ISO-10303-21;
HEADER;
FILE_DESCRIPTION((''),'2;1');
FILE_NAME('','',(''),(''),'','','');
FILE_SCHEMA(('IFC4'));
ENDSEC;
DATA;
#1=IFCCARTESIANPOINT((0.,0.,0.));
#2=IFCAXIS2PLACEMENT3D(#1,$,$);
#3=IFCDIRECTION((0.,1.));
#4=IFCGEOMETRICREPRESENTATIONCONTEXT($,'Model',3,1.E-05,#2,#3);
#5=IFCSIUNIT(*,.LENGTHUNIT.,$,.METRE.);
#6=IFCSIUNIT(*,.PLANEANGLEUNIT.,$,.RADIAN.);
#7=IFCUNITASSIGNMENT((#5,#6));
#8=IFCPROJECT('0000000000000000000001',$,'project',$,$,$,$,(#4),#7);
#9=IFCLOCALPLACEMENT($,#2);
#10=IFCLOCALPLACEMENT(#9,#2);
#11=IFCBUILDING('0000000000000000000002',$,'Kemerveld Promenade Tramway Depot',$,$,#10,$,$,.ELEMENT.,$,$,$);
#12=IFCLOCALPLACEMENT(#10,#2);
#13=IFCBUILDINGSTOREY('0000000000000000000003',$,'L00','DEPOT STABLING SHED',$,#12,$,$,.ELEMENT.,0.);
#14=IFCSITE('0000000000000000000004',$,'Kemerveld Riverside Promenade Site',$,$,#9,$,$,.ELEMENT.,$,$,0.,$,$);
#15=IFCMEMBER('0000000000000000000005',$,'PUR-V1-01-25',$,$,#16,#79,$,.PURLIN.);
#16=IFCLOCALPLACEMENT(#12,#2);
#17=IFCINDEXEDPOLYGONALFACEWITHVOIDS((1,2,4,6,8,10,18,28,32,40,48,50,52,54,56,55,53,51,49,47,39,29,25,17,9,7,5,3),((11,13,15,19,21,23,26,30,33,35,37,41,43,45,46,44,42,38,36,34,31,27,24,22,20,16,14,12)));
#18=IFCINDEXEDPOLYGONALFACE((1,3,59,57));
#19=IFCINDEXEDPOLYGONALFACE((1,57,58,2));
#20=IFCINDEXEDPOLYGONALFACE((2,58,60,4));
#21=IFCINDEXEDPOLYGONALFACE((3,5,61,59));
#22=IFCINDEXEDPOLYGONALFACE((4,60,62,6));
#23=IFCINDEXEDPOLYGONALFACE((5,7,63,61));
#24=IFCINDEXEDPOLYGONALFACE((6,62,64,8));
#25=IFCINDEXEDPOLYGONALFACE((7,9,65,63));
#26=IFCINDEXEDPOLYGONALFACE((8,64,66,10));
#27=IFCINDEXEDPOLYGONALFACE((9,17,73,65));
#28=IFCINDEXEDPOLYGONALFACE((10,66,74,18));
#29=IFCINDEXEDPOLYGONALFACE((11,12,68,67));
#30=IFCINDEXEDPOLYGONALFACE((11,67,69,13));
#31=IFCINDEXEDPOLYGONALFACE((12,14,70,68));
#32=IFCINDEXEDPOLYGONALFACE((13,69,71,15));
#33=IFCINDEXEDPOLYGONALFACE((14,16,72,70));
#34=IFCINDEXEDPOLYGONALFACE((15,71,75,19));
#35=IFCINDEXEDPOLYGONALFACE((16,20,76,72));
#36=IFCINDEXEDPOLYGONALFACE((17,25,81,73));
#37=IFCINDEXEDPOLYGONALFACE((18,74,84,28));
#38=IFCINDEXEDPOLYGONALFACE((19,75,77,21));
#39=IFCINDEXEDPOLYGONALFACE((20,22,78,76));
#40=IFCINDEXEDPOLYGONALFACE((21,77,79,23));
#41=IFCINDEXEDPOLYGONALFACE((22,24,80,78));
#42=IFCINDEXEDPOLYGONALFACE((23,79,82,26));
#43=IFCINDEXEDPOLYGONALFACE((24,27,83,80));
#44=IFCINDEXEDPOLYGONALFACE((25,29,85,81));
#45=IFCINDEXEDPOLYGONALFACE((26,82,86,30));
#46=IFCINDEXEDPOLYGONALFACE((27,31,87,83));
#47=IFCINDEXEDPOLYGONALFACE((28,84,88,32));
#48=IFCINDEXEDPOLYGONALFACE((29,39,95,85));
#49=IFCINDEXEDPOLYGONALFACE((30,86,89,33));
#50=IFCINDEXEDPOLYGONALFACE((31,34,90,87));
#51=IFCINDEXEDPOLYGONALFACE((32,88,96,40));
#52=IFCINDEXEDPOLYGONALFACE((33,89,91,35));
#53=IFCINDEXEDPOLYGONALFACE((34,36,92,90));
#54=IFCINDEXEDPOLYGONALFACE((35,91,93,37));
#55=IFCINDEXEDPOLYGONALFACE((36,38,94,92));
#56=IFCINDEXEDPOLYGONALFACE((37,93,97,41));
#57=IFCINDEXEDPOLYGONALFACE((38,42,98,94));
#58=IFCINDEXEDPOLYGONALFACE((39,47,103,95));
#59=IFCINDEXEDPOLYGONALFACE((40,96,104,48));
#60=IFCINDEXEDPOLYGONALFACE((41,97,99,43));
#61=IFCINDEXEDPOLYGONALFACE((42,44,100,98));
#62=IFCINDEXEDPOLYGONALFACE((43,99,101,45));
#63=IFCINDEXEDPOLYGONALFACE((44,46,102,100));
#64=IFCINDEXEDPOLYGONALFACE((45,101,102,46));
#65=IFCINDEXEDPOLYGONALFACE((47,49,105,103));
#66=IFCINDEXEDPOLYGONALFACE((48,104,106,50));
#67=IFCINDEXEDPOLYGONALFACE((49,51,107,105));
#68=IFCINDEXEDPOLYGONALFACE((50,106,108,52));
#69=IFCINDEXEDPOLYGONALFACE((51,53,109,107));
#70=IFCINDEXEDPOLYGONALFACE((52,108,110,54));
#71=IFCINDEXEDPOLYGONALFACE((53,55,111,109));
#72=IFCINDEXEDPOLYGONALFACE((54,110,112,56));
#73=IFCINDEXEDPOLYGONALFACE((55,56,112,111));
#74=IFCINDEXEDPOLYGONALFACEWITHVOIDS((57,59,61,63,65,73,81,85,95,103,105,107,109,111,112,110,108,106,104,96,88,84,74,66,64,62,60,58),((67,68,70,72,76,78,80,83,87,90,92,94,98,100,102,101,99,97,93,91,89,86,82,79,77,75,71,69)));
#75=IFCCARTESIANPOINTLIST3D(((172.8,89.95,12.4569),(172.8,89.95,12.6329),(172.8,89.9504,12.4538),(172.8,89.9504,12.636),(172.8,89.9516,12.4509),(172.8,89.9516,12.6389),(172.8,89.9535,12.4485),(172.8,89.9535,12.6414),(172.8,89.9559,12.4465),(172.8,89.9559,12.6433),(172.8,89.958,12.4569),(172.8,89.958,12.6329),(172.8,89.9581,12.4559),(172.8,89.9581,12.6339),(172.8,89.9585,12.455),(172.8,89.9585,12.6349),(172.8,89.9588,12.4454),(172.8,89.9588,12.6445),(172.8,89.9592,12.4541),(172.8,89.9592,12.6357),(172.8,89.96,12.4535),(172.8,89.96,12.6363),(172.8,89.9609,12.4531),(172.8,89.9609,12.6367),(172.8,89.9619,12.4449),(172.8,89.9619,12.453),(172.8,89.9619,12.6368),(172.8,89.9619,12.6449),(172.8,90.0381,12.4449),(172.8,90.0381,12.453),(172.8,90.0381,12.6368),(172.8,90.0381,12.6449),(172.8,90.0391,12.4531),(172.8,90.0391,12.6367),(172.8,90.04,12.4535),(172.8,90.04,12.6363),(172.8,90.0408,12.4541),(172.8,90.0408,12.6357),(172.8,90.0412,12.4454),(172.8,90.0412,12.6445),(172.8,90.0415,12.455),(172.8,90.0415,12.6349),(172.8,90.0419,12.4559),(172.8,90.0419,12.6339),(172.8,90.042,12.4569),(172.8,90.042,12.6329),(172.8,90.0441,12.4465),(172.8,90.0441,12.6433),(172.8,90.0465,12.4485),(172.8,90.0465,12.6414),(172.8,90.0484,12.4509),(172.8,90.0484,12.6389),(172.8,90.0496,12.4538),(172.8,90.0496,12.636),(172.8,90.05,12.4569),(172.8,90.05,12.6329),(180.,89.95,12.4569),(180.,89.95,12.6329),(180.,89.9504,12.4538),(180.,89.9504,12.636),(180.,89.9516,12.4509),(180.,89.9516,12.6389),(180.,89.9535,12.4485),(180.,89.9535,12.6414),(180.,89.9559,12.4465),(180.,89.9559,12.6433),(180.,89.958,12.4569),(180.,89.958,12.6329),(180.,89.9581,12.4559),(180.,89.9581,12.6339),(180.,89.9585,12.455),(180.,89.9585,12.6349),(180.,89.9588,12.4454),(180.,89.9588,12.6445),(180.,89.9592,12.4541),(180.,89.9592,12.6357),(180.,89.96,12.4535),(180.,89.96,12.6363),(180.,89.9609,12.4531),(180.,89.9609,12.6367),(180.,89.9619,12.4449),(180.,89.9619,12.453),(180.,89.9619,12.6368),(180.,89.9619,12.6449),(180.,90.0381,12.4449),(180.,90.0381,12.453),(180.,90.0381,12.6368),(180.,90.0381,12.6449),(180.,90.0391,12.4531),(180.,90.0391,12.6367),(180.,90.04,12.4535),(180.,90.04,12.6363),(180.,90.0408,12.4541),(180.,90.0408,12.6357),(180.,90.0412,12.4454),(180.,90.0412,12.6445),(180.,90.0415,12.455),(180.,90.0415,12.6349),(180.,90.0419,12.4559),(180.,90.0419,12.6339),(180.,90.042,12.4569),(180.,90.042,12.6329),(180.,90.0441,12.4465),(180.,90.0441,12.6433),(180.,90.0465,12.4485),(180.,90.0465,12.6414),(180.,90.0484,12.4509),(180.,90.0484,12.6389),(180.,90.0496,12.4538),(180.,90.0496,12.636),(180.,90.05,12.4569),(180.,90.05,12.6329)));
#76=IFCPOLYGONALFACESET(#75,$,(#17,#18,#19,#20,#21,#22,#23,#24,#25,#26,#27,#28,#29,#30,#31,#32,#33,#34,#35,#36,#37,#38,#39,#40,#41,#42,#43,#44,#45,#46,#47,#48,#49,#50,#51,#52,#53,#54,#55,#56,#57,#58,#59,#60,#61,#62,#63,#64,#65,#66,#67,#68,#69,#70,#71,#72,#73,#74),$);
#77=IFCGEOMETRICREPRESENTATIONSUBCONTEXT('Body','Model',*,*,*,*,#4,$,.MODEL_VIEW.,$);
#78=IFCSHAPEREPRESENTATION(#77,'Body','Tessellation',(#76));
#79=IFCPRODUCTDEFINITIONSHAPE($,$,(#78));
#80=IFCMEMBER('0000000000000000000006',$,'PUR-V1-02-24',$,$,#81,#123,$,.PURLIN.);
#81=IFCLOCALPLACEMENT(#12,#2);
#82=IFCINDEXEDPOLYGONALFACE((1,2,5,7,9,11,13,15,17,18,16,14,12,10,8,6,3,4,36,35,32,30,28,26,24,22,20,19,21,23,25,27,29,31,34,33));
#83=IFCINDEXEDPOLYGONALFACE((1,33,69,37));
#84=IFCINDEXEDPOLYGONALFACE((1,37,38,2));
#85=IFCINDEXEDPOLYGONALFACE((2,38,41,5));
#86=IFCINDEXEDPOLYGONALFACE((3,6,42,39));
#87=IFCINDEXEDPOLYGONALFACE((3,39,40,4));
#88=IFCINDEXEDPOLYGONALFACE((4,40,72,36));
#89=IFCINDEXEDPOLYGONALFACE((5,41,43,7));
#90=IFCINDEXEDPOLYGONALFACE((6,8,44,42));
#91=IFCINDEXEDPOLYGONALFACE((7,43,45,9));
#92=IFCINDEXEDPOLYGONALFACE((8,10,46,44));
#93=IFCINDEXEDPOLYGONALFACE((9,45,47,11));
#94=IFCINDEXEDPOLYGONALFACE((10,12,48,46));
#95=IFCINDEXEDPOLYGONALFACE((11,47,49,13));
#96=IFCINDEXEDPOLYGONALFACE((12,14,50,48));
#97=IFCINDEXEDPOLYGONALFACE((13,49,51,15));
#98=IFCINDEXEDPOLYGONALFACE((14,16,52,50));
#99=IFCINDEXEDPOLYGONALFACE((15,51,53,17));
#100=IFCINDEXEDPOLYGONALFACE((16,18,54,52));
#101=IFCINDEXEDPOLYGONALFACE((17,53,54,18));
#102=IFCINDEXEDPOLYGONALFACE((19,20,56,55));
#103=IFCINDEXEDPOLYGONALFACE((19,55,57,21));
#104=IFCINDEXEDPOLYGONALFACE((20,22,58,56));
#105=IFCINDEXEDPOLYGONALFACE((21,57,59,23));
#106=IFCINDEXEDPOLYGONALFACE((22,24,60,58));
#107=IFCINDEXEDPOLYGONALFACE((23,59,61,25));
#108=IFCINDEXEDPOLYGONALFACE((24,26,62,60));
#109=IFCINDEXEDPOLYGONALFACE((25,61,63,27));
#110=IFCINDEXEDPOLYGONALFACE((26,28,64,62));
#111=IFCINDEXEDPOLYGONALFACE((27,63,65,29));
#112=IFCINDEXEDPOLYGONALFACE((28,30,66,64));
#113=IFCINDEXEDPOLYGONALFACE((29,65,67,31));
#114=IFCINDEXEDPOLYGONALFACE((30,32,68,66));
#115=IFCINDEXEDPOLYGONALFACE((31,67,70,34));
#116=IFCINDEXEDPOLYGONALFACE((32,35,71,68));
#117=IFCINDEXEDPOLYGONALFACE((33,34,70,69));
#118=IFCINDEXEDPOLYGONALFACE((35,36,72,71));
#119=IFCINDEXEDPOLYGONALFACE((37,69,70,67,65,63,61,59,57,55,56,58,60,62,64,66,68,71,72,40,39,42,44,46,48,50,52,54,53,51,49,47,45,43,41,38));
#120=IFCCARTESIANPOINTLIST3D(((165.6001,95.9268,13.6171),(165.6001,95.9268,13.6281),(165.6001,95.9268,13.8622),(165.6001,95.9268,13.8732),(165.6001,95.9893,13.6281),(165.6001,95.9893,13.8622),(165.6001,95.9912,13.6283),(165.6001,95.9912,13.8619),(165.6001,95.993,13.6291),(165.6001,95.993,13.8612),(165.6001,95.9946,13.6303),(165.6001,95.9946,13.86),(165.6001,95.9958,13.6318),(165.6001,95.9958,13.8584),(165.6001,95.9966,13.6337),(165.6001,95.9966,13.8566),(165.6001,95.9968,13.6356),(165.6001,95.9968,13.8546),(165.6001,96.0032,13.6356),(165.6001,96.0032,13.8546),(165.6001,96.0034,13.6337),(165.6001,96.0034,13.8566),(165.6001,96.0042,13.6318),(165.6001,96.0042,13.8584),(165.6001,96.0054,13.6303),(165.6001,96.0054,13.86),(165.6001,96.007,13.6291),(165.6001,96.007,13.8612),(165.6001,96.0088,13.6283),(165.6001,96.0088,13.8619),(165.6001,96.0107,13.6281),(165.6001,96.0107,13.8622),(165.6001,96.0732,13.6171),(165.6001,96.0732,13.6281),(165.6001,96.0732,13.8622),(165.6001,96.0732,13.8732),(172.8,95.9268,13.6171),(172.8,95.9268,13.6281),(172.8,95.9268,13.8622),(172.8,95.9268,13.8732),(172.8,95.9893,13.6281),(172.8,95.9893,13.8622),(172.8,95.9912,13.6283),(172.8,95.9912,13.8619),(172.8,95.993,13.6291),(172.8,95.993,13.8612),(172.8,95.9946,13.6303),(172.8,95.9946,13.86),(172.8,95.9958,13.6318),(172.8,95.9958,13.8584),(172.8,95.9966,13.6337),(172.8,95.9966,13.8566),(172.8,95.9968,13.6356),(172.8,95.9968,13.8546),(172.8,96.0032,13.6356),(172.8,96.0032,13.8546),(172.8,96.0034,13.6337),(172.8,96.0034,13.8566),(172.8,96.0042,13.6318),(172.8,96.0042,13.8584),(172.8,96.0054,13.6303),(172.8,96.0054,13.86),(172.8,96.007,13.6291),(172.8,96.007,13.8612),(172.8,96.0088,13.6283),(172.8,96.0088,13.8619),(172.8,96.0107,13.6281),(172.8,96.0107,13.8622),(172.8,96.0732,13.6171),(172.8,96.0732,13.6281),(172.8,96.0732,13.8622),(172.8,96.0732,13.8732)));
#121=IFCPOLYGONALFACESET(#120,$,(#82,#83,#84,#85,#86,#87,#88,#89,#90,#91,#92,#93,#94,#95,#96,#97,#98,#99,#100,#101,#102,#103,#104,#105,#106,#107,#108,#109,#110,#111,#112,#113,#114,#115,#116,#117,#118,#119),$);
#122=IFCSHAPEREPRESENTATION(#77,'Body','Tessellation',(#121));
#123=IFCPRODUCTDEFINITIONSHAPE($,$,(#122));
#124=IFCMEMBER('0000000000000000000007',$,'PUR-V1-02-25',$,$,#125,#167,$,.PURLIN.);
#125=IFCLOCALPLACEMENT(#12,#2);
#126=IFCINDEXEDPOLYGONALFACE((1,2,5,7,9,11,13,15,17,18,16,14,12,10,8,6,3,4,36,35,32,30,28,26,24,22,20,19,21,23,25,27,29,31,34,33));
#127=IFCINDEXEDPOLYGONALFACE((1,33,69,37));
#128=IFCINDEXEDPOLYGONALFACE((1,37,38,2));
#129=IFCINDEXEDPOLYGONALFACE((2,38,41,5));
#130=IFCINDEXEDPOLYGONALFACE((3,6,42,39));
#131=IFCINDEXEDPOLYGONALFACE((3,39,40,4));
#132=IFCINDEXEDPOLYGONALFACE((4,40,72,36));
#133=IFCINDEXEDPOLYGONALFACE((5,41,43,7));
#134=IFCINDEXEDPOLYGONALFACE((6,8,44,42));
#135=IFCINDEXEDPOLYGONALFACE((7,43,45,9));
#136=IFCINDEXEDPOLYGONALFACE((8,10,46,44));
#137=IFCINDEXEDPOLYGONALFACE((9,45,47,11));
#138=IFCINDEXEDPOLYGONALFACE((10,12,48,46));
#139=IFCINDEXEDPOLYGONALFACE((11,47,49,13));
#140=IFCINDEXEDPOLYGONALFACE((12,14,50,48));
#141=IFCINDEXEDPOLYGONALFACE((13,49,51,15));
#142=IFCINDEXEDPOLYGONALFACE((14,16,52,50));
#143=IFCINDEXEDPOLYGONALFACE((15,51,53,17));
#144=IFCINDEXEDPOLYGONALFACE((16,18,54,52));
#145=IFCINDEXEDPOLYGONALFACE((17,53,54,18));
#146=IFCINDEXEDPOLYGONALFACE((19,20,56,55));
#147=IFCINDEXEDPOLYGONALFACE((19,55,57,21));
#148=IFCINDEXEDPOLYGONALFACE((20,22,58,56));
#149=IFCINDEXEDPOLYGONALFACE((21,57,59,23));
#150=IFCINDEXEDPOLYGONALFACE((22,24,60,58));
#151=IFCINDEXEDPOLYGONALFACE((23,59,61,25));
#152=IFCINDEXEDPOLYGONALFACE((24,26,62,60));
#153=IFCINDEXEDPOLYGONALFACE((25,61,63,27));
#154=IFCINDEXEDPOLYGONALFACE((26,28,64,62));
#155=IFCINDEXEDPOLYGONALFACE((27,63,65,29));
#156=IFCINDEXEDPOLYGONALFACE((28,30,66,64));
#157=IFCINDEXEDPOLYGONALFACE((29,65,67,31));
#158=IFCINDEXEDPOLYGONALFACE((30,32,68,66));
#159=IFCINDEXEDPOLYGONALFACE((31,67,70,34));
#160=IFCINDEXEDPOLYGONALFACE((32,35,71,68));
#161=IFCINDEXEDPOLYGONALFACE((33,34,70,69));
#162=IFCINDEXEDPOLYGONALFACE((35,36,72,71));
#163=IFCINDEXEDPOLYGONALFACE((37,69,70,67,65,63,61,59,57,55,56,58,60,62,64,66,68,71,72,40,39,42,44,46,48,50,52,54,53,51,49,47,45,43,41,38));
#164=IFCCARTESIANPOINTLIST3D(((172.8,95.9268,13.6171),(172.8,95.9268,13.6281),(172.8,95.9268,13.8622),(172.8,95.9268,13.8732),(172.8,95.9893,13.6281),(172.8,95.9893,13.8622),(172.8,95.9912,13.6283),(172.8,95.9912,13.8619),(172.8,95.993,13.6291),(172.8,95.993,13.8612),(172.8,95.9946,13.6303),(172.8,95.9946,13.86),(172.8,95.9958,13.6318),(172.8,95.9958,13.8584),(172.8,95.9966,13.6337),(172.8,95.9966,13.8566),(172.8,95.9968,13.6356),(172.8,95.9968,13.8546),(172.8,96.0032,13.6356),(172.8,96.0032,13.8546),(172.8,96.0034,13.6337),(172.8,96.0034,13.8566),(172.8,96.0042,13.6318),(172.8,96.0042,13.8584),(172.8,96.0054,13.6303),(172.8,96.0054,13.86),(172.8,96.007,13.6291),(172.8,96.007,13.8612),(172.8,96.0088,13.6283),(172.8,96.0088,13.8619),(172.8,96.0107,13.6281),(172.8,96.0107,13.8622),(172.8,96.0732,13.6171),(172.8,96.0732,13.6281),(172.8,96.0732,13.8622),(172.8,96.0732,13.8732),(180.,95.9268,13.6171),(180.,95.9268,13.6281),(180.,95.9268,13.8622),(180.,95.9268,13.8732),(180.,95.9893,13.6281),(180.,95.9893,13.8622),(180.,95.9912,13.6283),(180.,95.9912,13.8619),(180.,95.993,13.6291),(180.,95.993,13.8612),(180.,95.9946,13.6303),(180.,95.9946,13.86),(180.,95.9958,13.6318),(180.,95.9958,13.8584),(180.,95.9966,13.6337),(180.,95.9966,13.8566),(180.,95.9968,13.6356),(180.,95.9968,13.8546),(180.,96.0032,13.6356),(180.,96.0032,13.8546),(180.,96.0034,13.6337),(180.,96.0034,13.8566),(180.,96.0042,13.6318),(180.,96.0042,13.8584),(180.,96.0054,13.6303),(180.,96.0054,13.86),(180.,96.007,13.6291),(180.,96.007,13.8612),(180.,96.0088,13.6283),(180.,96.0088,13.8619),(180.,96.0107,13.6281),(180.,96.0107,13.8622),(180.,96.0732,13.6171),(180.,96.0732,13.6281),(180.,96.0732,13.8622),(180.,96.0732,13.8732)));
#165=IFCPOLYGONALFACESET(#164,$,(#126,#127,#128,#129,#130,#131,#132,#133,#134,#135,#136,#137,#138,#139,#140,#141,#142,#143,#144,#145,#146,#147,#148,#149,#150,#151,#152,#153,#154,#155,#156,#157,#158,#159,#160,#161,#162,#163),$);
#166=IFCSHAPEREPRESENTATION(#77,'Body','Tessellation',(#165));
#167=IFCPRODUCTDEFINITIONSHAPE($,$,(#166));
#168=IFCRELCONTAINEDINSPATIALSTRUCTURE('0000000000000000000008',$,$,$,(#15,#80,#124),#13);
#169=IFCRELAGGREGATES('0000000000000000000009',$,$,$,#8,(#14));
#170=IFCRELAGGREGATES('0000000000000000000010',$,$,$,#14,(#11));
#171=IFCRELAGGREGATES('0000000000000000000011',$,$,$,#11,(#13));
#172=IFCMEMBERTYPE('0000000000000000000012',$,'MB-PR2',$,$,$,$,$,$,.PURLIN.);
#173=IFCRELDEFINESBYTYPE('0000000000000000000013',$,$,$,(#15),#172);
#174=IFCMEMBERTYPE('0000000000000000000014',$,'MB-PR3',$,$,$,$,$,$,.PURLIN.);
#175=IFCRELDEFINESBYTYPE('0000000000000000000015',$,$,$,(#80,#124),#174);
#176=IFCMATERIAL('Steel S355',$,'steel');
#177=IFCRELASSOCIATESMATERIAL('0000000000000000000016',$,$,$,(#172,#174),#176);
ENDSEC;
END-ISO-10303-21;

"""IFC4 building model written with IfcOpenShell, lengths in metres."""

from ifc_helpers import new_model, si_unit, direction, frame, origin, origin_2d, place, context, subcontext, project, spatial, hollow_rectangle, i_section, extrude, material, material_profile, profile_set, type_object, element, save


model = new_model("IFC4")

# Units and contexts
model_context = context("Model", 3, precision=1e-05, world=origin(), true_north=direction((0.0, 1.0)))
body_context = subcontext(model_context, "Body", "Model", "MODEL_VIEW")
ifc_project = project(units=[si_unit("LENGTHUNIT", "METRE"), si_unit("PLANEANGLEUNIT", "RADIAN")], contexts=[model_context])

# Site, building, storey
site_placement = place(None, origin())
site = spatial("IfcSite", under=ifc_project, at=site_placement, Name="Kemerveld Riverside Promenade Site", CompositionType="ELEMENT", RefElevation=0.0)
building_placement = place(site_placement, origin())
building = spatial("IfcBuilding", under=site, at=building_placement, Name="Kemerveld Promenade Tramway Depot", CompositionType="ELEMENT")
storey_placement = place(building_placement, origin())
storey = spatial("IfcBuildingStorey", under=building, at=storey_placement, Name="L00", Description="DEPOT STABLING SHED", CompositionType="ELEMENT", Elevation=0.0)

# Members
ifc_material_1 = material(Name="Steel S355", Category="steel")
ifc_material_profile_1 = material_profile(ifc_material_1, hollow_rectangle(XDim=0.1001, YDim=0.2, WallThickness=0.0081, InnerFilletRadius=0.0039, OuterFilletRadius=0.012, at=origin_2d()), Name="200x100x8.0 RHS")
ifc_profile_set_1 = profile_set([ifc_material_profile_1], Name="Steel S355")
member_type_1 = type_object("IfcMemberType", Name="MB-PR2", PredefinedType="PURLIN", material=ifc_profile_set_1)
member_1_placement = place(storey_placement, frame((172.8, 90.0, 12.5449), z_axis=(1.0, 0.0, 0.0), x_axis=(0.0, 1.0, 0.0)))
element("IfcMember", 1, at=member_1_placement, inside=storey, type_object=member_type_1, Name="PUR-V1-01-25", PredefinedType="PURLIN", context=body_context, shape_type="SweptSolid", body=[
    extrude(hollow_rectangle(XDim=0.1001, YDim=0.2, WallThickness=0.0081, InnerFilletRadius=0.0039, OuterFilletRadius=0.012, at=origin_2d()), origin(), (0.0, 0.0, 1.0), 7.2),
])
ifc_material_profile_2 = material_profile(ifc_material_1, i_section(OverallWidth=0.1465, OverallDepth=0.2561, WebThickness=0.0063, FlangeThickness=0.011, FilletRadius=0.0076, at=origin_2d()), Name="254x146x37 UB")
ifc_profile_set_2 = profile_set([ifc_material_profile_2], Name="Steel S355")
member_type_2 = type_object("IfcMemberType", Name="MB-PR3", PredefinedType="PURLIN", material=ifc_profile_set_2)
for number, where, z_axis, x_axis, name in (
    (2, (165.6001, 96.0, 13.7451), (1.0, 0.0, 0.0), (0.0, 1.0, 0.0), "PUR-V1-02-24"),
    (3, (172.8, 96.0, 13.7451), (1.0, 0.0, 0.0), (0.0, 1.0, 0.0), "PUR-V1-02-25"),
):
    element("IfcMember", number, at=place(storey_placement, frame(where, z_axis=z_axis, x_axis=x_axis)), inside=storey, type_object=member_type_2, Name=name, PredefinedType="PURLIN", context=body_context, shape_type="SweptSolid", body=[
        extrude(i_section(OverallWidth=0.1465, OverallDepth=0.2561, WebThickness=0.0063, FlangeThickness=0.011, FilletRadius=0.0076, at=origin_2d()), origin(), (0.0, 0.0, 1.0), 7.2),
    ])

save(model, "model.ifc")
